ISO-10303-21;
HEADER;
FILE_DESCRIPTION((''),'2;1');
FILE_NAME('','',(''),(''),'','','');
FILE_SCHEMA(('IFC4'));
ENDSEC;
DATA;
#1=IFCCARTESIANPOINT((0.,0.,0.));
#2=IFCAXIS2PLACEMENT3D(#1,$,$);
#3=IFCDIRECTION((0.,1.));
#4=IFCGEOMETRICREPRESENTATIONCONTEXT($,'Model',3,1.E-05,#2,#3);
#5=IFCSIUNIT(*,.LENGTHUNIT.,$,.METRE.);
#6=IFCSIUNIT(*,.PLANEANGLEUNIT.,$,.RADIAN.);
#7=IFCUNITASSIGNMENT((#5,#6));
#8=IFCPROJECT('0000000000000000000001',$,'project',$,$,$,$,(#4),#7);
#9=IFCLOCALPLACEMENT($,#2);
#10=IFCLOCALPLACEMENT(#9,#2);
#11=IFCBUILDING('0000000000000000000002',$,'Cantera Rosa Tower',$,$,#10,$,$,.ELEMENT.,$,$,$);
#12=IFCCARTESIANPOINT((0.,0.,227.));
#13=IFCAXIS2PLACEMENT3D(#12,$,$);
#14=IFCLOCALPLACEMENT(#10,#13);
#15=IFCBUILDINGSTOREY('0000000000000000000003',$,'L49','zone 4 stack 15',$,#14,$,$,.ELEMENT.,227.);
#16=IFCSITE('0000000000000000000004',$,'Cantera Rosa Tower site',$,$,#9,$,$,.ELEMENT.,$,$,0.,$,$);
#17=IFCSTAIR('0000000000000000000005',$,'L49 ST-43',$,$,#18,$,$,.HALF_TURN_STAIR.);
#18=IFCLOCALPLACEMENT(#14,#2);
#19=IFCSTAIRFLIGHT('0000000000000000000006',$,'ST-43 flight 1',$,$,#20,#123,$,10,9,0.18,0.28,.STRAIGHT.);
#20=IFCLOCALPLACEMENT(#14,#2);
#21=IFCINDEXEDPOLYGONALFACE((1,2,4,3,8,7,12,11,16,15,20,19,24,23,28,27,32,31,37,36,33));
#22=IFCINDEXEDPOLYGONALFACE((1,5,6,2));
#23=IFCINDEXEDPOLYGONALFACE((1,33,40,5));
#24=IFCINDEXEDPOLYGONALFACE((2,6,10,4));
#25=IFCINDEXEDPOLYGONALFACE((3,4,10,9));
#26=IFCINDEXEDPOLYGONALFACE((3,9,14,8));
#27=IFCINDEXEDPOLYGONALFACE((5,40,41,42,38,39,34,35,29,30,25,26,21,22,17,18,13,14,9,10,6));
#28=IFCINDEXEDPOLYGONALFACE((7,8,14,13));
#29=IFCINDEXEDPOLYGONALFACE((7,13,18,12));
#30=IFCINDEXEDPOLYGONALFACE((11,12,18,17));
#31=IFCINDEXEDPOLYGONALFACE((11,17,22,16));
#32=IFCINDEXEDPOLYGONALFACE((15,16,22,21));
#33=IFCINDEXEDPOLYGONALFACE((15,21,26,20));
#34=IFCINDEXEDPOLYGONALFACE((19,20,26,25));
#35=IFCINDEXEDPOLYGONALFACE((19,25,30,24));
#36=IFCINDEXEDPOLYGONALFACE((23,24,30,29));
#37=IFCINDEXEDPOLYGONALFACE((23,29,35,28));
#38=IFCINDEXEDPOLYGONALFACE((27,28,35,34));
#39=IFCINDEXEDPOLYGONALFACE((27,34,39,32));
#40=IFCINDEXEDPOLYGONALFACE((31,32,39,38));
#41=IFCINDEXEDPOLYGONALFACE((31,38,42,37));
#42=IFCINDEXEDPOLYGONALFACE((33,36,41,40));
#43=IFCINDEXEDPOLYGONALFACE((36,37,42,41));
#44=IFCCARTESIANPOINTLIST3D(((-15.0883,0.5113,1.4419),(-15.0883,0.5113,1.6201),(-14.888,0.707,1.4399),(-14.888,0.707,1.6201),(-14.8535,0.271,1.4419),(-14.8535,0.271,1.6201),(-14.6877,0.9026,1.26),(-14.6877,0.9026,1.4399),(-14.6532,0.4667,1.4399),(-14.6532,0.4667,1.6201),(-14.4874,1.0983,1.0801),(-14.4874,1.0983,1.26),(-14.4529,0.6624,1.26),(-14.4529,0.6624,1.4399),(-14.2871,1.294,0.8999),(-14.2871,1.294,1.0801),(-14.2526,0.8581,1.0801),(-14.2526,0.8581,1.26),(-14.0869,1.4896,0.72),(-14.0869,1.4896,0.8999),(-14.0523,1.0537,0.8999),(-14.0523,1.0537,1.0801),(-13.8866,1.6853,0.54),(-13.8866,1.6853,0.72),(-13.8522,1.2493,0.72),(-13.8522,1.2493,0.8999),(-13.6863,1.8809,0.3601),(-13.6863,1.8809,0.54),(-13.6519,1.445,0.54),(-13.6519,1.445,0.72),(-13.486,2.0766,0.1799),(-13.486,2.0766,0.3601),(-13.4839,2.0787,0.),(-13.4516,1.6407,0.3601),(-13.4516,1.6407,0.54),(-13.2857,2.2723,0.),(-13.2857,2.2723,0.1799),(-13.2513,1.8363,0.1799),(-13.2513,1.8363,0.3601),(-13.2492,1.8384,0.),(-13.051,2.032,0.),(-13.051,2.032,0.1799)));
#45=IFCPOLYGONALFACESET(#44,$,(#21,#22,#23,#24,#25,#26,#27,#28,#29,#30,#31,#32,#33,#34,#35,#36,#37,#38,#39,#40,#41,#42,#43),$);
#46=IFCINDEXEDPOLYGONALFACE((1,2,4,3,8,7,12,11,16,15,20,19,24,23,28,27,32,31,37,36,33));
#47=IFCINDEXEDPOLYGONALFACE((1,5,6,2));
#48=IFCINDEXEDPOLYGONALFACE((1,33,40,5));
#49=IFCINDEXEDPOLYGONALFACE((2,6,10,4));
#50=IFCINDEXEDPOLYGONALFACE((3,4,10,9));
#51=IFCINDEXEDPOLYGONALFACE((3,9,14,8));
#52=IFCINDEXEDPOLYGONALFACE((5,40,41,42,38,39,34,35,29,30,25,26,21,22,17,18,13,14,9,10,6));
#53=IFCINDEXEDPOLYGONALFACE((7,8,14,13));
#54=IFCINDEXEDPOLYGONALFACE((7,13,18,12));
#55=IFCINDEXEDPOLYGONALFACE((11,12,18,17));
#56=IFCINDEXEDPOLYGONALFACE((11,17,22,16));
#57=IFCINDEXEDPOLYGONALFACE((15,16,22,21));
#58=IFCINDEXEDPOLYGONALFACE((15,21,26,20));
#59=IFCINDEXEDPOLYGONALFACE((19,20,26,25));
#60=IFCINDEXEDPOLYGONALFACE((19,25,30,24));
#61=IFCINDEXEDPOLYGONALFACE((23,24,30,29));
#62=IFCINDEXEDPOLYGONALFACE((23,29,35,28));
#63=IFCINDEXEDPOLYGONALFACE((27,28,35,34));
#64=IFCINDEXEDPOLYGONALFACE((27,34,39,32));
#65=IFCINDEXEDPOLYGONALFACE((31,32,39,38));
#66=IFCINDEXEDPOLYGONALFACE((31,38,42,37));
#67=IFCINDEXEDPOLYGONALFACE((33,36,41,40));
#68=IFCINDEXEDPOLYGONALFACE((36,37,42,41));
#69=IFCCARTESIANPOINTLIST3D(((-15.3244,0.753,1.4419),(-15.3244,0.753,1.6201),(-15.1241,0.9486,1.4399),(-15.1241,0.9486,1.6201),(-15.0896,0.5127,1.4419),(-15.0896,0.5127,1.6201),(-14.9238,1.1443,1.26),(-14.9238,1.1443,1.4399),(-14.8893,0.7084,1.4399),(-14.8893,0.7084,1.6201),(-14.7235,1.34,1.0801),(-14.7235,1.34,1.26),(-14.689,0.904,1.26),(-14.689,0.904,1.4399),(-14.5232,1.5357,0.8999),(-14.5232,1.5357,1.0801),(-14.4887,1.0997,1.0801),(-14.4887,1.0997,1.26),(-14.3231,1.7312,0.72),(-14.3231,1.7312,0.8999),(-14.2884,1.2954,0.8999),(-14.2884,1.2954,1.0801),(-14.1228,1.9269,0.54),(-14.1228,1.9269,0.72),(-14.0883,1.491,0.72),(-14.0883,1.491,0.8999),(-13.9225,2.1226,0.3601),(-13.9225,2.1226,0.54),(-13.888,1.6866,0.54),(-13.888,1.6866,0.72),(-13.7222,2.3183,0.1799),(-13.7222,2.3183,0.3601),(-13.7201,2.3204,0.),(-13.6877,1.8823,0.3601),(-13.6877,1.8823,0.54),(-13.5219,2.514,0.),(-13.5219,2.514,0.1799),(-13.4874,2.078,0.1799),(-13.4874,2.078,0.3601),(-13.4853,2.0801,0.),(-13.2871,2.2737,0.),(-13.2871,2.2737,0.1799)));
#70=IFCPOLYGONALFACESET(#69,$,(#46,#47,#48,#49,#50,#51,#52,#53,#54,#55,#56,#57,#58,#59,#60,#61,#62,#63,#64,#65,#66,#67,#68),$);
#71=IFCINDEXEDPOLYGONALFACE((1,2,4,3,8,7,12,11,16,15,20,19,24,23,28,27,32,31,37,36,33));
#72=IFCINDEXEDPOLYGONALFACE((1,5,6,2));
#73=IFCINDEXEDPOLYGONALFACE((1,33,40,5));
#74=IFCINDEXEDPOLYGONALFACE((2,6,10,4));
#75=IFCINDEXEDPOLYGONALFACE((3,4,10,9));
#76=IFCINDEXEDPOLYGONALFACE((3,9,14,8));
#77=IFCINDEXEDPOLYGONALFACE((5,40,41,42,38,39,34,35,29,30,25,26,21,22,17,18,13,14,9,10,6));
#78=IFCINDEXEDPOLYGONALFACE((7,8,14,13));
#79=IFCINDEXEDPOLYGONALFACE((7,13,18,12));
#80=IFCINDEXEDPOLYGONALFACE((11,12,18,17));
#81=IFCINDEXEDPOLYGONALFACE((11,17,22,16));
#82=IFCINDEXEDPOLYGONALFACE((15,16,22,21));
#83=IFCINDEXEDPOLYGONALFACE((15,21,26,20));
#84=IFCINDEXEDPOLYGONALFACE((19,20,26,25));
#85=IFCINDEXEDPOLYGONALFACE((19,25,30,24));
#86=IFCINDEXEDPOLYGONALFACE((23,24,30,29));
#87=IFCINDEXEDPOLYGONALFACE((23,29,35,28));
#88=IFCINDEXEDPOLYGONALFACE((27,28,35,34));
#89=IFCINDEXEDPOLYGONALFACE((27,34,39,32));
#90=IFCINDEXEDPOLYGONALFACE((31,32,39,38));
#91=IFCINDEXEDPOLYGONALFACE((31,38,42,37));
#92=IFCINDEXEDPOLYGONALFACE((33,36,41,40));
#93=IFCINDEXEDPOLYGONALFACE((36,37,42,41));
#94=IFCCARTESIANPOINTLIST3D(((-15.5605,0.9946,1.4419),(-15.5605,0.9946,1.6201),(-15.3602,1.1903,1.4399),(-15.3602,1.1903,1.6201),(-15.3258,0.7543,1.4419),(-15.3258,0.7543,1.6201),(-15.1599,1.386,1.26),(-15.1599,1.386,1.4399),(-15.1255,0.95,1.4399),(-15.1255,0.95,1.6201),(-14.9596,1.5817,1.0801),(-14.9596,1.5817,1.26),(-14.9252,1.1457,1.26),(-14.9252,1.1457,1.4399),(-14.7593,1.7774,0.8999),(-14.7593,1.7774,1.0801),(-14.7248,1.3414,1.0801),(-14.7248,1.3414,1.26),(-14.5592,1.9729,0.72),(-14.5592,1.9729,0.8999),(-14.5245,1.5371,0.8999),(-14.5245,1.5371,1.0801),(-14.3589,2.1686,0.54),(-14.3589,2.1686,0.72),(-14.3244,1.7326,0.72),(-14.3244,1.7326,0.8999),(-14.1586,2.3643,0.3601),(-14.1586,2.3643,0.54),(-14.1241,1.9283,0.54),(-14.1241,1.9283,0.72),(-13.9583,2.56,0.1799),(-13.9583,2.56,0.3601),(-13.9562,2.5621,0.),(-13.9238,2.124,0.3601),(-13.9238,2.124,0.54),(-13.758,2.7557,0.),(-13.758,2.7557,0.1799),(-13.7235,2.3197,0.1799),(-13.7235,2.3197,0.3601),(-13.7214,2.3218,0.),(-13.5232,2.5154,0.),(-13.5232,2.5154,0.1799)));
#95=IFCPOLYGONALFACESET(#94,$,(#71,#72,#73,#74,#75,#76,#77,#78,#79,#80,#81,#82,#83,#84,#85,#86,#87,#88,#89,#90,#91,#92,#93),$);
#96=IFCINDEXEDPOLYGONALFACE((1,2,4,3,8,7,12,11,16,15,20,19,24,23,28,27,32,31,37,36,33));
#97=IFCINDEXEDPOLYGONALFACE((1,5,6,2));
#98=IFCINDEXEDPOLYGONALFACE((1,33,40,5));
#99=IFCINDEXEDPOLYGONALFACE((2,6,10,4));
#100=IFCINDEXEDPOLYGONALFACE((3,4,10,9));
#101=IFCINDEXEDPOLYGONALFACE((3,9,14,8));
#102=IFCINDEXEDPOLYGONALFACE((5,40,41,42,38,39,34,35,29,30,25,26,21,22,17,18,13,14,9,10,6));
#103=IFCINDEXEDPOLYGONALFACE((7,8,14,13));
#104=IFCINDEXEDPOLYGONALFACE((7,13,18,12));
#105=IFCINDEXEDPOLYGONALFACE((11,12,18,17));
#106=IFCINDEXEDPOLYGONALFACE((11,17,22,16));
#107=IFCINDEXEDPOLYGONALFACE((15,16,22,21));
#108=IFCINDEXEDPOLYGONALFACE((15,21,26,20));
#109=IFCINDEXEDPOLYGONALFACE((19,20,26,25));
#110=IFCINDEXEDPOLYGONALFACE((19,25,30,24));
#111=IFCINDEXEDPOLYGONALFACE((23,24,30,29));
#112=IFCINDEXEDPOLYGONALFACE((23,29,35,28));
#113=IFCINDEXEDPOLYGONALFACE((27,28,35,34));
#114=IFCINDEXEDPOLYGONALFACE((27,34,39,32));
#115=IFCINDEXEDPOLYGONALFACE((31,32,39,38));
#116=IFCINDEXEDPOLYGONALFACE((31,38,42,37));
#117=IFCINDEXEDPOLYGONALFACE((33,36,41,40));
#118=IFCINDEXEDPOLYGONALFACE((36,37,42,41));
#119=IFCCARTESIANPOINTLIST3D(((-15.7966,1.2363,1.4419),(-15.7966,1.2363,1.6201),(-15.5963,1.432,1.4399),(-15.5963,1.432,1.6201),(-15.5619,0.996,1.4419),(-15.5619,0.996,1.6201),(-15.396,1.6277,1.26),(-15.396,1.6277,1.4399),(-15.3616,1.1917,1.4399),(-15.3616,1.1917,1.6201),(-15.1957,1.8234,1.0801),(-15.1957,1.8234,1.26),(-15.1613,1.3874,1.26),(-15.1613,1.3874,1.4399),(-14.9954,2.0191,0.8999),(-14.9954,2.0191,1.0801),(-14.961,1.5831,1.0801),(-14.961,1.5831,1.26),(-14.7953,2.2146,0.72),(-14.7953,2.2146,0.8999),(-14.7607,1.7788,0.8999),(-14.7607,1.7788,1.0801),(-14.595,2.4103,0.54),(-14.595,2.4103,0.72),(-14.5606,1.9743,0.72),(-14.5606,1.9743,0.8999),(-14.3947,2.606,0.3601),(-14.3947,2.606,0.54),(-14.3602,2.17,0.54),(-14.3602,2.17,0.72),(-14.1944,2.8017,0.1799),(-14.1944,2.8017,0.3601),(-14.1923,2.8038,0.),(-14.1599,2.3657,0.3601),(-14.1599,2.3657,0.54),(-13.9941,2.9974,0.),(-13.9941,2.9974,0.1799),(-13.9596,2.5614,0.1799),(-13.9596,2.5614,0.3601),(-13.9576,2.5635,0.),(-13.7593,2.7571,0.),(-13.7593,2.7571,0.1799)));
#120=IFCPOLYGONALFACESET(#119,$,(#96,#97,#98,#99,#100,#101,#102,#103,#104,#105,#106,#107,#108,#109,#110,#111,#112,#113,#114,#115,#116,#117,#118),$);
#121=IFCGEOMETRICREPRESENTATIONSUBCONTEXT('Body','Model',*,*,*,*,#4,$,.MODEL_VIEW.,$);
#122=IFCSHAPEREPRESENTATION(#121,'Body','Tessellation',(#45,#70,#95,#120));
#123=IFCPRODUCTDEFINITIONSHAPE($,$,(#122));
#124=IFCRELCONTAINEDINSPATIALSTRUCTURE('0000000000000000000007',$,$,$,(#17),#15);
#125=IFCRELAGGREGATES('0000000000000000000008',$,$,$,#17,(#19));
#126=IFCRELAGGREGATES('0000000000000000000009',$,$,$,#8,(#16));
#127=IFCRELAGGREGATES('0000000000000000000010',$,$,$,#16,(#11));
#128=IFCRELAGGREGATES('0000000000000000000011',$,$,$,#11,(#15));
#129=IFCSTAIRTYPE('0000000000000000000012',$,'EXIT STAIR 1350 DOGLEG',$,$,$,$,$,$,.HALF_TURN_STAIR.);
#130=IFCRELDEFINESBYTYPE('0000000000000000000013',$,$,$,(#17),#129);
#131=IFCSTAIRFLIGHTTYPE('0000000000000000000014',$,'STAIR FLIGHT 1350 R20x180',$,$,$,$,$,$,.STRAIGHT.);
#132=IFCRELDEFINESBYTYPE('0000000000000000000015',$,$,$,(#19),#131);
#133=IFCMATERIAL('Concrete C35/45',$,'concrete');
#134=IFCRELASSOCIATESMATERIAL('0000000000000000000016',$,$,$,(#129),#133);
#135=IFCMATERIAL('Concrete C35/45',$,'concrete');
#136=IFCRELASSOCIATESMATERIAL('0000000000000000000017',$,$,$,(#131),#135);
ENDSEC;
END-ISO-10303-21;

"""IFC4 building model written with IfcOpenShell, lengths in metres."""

from ifc_helpers import new_model, si_unit, direction, frame, origin, place, context, subcontext, project, spatial, polyline, outline, extrude, material, type_object, element, aggregate, save


model = new_model("IFC4")

# Units and contexts
model_context = context("Model", 3, precision=1e-05, world=origin(), true_north=direction((0.0, 1.0)))
body_context = subcontext(model_context, "Body", "Model", "MODEL_VIEW")
ifc_project = project(units=[si_unit("LENGTHUNIT", "METRE"), si_unit("PLANEANGLEUNIT", "RADIAN")], contexts=[model_context])

# Site, building, storey
site_placement = place(None, origin())
site = spatial("IfcSite", under=ifc_project, at=site_placement, Name="Cantera Rosa Tower site", CompositionType="ELEMENT", RefElevation=0.0)
building_placement = place(site_placement, origin())
building = spatial("IfcBuilding", under=site, at=building_placement, Name="Cantera Rosa Tower", CompositionType="ELEMENT")
storey_placement = place(building_placement, frame((0.0, 0.0, 227.0)))
storey = spatial("IfcBuildingStorey", under=building, at=storey_placement, Name="L49", Description="zone 4 stack 15", CompositionType="ELEMENT", Elevation=227.0)

# Stair, stair flight
ifc_material_1 = material(Name="Concrete C35/45", Category="concrete")
stair_type = type_object("IfcStairType", Name="EXIT STAIR 1350 DOGLEG", PredefinedType="HALF_TURN_STAIR", material=ifc_material_1)
stair_placement = place(storey_placement, origin())
stair = element("IfcStair", 1, at=stair_placement, inside=storey, type_object=stair_type, Name="L49 ST-43", PredefinedType="HALF_TURN_STAIR")
ifc_material_2 = material(Name="Concrete C35/45", Category="concrete")
stair_flight_type = type_object("IfcStairFlightType", Name="STAIR FLIGHT 1350 R20x180", PredefinedType="STRAIGHT", material=ifc_material_2)
stair_flight_placement = place(storey_placement, frame((-13.5227, 2.5149, 0.0), z_axis=(0.0, 0.0, 1.0), x_axis=(-0.715286, -0.698832, 0.0)))
stair_flight = element("IfcStairFlight", 2, at=stair_flight_placement, type_object=stair_flight_type, Name="ST-43 flight 1", NumberOfRisers=10, NumberOfTreads=9, PredefinedType="STRAIGHT", RiserHeight=0.18, TreadLength=0.28, context=body_context, shape_type="SweptSolid", body=[
    extrude(outline(polyline([(0.0, 0.0), (0.0, 0.1799), (0.28, 0.1799), (0.28, 0.3601), (0.5601, 0.3601), (0.5601, 0.54), (0.8401, 0.54), (0.8401, 0.72), (1.1201, 0.72), (1.1201, 0.8999), (1.3999, 0.8999), (1.3999, 1.0801), (1.6799, 1.0801), (1.6799, 1.26), (1.96, 1.26), (1.96, 1.4399), (2.24, 1.4399), (2.24, 1.6201), (2.52, 1.6201), (2.52, 1.8), (2.52, 1.4419), (0.2771, 0.0), (0.0, 0.0)])), frame((0.0, 0.675, 0.0), z_axis=(0.0, -1.0, 0.0), x_axis=(1.0, 0.0, 0.0)), (0.0, 0.0, 1.0), 0.3359),
    extrude(outline(polyline([(0.0, 0.0), (0.0, 0.1799), (0.28, 0.1799), (0.28, 0.3601), (0.5601, 0.3601), (0.5601, 0.54), (0.8401, 0.54), (0.8401, 0.72), (1.1201, 0.72), (1.1201, 0.8999), (1.3999, 0.8999), (1.3999, 1.0801), (1.6799, 1.0801), (1.6799, 1.26), (1.96, 1.26), (1.96, 1.4399), (2.24, 1.4399), (2.24, 1.6201), (2.52, 1.6201), (2.52, 1.8), (2.52, 1.4419), (0.2771, 0.0), (0.0, 0.0)])), frame((0.0, 0.3372, 0.0), z_axis=(0.0, -1.0, 0.0), x_axis=(1.0, 0.0, 0.0)), (0.0, 0.0, 1.0), 0.3359),
    extrude(outline(polyline([(0.0, 0.0), (0.0, 0.1799), (0.28, 0.1799), (0.28, 0.3601), (0.5601, 0.3601), (0.5601, 0.54), (0.8401, 0.54), (0.8401, 0.72), (1.1201, 0.72), (1.1201, 0.8999), (1.3999, 0.8999), (1.3999, 1.0801), (1.6799, 1.0801), (1.6799, 1.26), (1.96, 1.26), (1.96, 1.4399), (2.24, 1.4399), (2.24, 1.6201), (2.52, 1.6201), (2.52, 1.8), (2.52, 1.4419), (0.2771, 0.0), (0.0, 0.0)])), frame((0.0, -0.0007, 0.0), z_axis=(0.0, -1.0, 0.0), x_axis=(1.0, 0.0, 0.0)), (0.0, 0.0, 1.0), 0.3359),
    extrude(outline(polyline([(0.0, 0.0), (0.0, 0.1799), (0.28, 0.1799), (0.28, 0.3601), (0.5601, 0.3601), (0.5601, 0.54), (0.8401, 0.54), (0.8401, 0.72), (1.1201, 0.72), (1.1201, 0.8999), (1.3999, 0.8999), (1.3999, 1.0801), (1.6799, 1.0801), (1.6799, 1.26), (1.96, 1.26), (1.96, 1.4399), (2.24, 1.4399), (2.24, 1.6201), (2.52, 1.6201), (2.52, 1.8), (2.52, 1.4419), (0.2771, 0.0), (0.0, 0.0)])), frame((0.0, -0.3386, 0.0), z_axis=(0.0, -1.0, 0.0), x_axis=(1.0, 0.0, 0.0)), (0.0, 0.0, 1.0), 0.3359),
])
aggregate(stair, [stair_flight])

save(model, "model.ifc")
